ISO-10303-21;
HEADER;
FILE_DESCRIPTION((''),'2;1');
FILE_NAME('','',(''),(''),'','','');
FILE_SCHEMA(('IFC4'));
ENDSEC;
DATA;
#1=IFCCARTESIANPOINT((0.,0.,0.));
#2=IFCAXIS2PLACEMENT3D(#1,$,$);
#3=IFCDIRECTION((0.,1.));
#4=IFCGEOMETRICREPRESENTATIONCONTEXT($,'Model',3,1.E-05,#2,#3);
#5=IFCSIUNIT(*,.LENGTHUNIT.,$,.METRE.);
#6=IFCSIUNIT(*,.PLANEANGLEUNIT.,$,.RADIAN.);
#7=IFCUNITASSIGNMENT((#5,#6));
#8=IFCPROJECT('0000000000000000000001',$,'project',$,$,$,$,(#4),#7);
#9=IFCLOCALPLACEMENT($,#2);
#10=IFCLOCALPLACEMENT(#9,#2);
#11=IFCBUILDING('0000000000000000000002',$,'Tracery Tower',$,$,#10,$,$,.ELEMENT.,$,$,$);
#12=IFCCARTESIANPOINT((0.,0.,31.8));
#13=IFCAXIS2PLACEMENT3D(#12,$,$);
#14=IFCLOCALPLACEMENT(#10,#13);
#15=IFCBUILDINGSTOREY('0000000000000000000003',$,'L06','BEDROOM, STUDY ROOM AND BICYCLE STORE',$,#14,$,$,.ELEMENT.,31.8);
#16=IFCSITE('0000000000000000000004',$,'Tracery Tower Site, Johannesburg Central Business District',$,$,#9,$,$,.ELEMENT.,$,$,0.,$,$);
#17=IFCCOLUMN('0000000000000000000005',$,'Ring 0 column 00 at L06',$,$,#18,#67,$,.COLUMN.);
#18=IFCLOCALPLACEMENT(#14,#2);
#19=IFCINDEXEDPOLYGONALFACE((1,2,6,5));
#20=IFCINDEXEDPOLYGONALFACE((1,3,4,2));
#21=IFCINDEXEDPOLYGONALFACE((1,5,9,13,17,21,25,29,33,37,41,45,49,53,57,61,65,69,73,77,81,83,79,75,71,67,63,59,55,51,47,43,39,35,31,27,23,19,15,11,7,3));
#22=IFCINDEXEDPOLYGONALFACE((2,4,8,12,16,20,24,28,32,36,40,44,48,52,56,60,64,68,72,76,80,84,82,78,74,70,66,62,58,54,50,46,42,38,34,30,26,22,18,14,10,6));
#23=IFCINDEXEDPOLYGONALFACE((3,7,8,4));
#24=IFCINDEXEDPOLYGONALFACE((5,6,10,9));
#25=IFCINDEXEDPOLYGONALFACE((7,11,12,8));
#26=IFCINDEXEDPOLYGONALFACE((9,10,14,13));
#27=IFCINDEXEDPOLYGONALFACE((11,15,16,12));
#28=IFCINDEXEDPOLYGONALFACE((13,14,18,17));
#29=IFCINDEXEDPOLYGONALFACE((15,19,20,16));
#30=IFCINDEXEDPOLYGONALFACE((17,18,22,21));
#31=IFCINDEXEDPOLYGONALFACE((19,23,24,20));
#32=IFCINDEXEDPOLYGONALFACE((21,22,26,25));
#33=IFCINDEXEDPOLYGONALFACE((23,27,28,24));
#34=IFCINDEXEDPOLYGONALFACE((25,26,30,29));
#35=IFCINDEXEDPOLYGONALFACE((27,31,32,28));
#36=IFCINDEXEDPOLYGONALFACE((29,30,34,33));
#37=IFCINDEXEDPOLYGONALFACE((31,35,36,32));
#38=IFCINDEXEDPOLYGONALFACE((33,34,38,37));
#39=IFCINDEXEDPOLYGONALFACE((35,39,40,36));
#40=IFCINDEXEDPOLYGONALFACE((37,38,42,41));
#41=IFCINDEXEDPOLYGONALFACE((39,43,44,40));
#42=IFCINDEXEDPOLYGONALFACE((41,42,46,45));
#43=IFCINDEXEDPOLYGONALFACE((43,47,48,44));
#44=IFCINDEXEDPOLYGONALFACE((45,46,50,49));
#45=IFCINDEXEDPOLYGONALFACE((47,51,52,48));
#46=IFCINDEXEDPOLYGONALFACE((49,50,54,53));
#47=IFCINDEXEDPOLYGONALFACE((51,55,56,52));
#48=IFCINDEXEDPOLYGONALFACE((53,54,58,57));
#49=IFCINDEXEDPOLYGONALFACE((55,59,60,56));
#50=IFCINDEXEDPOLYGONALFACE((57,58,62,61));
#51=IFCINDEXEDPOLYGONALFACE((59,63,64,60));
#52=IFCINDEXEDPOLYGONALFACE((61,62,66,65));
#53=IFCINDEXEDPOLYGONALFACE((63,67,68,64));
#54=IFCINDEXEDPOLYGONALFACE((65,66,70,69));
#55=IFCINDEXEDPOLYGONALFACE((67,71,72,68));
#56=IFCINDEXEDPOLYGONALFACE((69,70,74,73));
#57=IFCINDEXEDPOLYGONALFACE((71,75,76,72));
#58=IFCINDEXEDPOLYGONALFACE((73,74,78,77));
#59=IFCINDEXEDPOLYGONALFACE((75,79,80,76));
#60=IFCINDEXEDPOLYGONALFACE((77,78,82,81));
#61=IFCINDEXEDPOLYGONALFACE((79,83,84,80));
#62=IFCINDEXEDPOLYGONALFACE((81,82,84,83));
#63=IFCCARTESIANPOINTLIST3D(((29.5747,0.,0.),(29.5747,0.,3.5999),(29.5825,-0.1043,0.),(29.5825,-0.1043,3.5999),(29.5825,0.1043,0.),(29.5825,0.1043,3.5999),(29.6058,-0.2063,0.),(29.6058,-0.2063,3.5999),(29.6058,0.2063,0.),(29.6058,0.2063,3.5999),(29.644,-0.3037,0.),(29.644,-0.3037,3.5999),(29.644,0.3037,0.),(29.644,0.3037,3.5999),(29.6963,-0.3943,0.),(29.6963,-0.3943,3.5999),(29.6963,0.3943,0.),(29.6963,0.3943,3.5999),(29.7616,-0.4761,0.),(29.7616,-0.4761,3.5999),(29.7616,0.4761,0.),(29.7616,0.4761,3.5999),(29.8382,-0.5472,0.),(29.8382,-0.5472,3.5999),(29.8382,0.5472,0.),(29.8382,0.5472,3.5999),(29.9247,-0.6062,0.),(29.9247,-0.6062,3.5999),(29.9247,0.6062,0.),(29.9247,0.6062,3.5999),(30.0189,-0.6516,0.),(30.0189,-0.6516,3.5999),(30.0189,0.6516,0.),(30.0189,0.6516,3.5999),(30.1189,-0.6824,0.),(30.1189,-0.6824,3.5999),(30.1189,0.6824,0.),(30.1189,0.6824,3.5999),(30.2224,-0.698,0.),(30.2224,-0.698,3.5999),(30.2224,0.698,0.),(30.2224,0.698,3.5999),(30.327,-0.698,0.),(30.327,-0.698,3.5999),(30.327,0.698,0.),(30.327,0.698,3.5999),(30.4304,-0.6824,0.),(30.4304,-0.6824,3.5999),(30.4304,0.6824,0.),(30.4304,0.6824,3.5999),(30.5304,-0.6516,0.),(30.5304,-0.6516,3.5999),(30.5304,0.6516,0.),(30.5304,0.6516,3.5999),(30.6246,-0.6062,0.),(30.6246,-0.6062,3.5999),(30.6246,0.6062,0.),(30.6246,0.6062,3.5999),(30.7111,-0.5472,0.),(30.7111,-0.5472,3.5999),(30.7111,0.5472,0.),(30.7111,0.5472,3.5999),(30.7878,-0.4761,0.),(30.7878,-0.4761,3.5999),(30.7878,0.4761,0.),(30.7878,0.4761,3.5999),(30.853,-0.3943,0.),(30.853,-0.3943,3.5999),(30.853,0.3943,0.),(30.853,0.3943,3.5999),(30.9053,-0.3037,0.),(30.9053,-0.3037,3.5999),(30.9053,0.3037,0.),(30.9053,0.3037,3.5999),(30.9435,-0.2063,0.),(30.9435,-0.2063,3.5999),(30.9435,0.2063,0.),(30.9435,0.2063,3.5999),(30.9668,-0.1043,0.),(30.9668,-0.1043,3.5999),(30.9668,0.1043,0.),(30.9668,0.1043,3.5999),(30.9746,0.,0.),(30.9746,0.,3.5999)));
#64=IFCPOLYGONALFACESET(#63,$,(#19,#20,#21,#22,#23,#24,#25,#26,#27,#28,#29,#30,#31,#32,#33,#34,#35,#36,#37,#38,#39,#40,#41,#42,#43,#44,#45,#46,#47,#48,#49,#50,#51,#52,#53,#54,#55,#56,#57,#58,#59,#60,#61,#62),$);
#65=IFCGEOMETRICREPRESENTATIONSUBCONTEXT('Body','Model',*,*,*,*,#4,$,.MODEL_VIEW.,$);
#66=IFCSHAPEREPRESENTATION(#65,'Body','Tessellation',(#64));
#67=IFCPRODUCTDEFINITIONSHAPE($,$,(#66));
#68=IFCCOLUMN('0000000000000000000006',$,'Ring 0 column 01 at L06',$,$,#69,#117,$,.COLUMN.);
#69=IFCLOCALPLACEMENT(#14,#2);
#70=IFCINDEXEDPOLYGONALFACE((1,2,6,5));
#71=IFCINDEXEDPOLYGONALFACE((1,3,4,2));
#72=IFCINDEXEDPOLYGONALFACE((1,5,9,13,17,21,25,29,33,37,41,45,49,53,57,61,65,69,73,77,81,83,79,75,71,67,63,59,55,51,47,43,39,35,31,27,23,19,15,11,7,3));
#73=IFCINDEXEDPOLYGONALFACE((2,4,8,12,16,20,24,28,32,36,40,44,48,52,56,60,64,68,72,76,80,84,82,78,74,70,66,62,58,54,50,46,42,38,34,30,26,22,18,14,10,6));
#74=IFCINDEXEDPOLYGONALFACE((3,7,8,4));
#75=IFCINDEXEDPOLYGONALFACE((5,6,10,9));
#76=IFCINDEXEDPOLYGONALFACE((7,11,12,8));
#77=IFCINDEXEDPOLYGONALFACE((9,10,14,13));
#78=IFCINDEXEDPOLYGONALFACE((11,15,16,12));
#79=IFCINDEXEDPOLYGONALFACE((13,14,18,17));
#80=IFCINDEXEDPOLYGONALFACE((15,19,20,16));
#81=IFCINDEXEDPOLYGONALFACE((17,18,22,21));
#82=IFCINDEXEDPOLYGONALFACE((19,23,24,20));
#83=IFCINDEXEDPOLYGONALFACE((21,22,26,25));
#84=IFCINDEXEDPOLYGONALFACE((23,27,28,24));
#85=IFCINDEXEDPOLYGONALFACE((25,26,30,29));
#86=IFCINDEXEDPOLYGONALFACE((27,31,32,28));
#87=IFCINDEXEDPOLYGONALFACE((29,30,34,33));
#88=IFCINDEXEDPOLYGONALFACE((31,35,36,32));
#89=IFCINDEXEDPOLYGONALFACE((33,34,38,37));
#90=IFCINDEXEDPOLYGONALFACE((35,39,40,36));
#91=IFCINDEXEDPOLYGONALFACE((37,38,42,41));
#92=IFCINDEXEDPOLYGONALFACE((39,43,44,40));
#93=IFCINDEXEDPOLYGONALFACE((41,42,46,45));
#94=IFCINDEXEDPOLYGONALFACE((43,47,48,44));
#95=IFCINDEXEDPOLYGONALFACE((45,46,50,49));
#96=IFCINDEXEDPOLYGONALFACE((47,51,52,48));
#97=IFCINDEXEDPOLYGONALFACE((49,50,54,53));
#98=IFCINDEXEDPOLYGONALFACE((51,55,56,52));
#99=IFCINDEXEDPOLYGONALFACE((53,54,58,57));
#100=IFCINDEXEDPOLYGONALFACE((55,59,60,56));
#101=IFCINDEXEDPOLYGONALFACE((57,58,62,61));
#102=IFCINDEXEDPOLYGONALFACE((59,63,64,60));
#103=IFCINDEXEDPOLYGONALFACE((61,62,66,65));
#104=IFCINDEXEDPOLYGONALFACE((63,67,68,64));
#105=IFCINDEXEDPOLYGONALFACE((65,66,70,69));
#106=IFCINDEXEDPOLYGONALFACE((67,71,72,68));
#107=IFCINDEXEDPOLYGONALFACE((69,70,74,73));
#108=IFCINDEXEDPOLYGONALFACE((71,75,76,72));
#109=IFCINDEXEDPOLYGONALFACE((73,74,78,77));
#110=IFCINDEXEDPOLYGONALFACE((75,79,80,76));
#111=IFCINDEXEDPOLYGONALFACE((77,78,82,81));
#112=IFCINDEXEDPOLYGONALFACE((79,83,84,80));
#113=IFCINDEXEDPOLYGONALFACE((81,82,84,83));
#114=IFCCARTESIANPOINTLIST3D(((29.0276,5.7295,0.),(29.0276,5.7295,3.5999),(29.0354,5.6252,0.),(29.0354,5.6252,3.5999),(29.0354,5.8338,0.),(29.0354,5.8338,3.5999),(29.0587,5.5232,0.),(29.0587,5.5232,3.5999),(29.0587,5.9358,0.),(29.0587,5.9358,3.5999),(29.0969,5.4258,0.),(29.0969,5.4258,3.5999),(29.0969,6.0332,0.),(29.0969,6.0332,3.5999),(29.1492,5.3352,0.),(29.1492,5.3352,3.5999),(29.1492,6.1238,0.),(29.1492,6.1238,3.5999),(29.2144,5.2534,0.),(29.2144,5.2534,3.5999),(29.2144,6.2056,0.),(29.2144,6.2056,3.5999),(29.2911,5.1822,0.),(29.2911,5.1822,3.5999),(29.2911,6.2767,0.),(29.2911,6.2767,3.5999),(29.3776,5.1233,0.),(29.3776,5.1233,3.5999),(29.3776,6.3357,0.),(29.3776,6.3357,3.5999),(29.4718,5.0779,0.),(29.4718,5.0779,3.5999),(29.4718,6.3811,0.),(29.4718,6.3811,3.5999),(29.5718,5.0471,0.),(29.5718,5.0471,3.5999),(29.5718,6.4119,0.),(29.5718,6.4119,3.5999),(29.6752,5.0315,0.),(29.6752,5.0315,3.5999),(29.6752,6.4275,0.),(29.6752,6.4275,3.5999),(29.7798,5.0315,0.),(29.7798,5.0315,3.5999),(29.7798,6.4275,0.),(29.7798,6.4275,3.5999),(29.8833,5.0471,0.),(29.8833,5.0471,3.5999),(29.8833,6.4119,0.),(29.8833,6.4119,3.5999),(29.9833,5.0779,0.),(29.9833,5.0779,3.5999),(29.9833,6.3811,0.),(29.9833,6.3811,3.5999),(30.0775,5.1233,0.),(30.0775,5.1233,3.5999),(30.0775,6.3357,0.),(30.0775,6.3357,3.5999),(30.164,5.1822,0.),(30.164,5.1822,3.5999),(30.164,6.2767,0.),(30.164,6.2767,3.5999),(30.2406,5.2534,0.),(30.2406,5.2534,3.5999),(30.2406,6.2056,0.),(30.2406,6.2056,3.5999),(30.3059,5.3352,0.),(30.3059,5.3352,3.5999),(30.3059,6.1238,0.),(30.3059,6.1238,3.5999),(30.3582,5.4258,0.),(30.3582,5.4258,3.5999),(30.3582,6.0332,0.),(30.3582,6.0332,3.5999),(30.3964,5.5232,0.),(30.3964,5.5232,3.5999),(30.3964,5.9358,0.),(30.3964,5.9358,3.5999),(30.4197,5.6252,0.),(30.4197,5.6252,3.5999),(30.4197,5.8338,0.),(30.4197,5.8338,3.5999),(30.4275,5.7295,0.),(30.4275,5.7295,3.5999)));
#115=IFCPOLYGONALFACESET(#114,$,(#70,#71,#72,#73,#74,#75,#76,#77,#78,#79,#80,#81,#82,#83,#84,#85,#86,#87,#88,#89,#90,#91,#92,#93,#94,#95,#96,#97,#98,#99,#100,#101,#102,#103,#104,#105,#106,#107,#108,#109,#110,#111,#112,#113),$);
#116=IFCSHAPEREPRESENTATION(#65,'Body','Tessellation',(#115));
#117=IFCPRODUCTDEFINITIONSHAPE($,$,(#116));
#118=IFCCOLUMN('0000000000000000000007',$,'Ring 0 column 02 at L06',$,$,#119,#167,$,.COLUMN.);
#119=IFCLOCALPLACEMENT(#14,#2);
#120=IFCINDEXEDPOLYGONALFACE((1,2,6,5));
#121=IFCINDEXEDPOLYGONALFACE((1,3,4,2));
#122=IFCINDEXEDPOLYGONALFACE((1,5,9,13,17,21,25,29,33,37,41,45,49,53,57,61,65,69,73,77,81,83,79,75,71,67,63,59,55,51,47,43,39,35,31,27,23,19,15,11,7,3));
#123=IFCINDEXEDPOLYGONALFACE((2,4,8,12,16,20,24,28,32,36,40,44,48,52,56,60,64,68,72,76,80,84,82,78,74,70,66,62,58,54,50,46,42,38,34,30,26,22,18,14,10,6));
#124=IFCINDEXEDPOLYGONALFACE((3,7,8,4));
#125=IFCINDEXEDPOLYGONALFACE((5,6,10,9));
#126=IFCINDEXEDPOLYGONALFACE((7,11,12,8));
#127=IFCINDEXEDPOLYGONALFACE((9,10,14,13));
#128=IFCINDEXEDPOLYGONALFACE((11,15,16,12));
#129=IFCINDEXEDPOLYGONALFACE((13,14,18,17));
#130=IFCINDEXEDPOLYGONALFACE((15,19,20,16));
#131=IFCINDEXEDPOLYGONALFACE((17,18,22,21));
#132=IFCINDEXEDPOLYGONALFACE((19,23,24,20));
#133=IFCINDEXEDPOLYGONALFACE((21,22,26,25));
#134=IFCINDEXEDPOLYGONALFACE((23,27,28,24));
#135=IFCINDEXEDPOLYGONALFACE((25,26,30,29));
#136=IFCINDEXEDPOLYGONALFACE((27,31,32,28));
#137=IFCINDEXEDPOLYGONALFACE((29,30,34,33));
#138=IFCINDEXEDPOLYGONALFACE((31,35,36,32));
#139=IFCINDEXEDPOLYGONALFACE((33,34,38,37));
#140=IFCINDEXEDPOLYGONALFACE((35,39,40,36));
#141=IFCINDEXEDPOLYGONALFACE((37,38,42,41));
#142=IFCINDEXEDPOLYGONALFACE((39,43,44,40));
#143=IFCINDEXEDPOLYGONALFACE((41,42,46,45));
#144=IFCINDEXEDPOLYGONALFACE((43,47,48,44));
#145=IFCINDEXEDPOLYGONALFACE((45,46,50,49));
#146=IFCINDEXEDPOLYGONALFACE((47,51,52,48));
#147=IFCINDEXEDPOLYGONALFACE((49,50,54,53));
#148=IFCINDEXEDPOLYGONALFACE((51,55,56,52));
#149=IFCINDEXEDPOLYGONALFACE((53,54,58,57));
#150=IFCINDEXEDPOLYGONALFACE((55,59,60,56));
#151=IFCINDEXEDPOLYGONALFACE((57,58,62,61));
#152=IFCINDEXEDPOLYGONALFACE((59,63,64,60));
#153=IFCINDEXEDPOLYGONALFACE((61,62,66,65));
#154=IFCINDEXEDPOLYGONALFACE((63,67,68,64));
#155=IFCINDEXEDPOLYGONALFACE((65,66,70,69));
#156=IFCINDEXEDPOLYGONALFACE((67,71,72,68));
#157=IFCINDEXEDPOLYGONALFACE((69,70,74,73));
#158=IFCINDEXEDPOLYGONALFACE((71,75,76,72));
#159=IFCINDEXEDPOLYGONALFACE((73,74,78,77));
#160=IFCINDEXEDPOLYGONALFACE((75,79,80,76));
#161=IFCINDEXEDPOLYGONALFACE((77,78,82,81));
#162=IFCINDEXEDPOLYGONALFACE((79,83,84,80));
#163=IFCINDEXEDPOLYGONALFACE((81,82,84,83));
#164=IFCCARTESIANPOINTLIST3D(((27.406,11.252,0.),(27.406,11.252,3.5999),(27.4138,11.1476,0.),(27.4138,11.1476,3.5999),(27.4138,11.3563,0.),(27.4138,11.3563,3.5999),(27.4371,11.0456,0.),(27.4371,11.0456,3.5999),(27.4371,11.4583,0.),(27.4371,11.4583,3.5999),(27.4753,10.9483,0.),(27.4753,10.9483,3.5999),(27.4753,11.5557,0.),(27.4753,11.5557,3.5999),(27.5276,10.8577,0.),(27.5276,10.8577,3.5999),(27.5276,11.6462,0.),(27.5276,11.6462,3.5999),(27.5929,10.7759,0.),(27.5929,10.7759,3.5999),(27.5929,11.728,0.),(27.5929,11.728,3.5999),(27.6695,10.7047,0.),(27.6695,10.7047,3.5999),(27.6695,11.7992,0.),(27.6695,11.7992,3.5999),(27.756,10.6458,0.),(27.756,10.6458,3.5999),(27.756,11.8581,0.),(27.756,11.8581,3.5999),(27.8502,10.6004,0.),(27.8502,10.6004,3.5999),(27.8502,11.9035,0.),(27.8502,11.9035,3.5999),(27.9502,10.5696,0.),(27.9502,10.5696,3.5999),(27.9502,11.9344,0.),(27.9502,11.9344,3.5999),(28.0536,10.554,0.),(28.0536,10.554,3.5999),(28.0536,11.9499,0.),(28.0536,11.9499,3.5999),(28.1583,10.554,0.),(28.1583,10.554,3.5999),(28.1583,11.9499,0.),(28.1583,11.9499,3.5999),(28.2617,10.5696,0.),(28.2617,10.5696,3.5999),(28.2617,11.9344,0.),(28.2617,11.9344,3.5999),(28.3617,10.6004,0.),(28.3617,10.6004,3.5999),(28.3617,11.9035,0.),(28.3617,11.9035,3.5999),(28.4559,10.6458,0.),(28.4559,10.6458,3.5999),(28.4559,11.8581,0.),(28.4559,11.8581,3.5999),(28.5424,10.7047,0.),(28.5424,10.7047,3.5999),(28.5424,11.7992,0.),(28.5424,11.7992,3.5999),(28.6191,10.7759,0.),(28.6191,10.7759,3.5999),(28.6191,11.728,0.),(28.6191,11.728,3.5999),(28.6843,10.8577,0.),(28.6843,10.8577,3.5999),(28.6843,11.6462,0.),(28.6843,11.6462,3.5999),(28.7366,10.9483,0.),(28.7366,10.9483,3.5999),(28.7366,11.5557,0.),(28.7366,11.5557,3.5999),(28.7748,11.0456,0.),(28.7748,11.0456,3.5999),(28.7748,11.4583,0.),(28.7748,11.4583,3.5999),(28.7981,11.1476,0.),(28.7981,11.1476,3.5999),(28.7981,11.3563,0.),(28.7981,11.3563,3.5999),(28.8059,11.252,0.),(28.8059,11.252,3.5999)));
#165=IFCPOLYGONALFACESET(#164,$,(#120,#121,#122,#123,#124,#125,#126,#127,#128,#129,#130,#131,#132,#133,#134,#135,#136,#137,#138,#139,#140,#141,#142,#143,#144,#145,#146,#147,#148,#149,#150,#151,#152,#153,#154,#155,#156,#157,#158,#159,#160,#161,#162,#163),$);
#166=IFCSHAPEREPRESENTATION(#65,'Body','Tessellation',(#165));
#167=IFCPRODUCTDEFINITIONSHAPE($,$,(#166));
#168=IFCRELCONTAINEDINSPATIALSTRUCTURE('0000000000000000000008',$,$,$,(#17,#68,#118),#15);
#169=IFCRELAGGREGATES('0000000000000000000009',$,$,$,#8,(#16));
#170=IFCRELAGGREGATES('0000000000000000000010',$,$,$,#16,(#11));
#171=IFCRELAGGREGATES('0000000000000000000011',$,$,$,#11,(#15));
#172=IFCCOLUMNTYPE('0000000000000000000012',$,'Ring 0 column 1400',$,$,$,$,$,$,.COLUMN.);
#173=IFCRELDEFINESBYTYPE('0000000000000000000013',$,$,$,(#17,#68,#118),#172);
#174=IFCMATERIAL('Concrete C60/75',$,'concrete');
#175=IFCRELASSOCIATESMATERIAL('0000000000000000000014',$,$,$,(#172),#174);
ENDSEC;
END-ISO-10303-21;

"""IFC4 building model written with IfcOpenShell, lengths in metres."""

from ifc_helpers import new_model, si_unit, direction, frame, origin, origin_2d, place, context, subcontext, project, spatial, circle, extrude, material, material_profile, profile_set, type_object, element, save


model = new_model("IFC4")

# Units and contexts
model_context = context("Model", 3, precision=1e-05, world=origin(), true_north=direction((0.0, 1.0)))
body_context = subcontext(model_context, "Body", "Model", "MODEL_VIEW")
ifc_project = project(units=[si_unit("LENGTHUNIT", "METRE"), si_unit("PLANEANGLEUNIT", "RADIAN")], contexts=[model_context])

# Site, building, storey
site_placement = place(None, origin())
site = spatial("IfcSite", under=ifc_project, at=site_placement, Name="Tracery Tower Site, Johannesburg Central Business District", CompositionType="ELEMENT", RefElevation=0.0)
building_placement = place(site_placement, origin())
building = spatial("IfcBuilding", under=site, at=building_placement, Name="Tracery Tower", CompositionType="ELEMENT")
storey_placement = place(building_placement, frame((0.0, 0.0, 31.8)))
storey = spatial("IfcBuildingStorey", under=building, at=storey_placement, Name="L06", Description="BEDROOM, STUDY ROOM AND BICYCLE STORE", CompositionType="ELEMENT", Elevation=31.8)

# Columns
ifc_material_1 = material(Name="Concrete C60/75", Category="concrete")
ifc_material_profile_1 = material_profile(ifc_material_1, circle(Radius=0.7, at=origin_2d()), Name="RC D1400")
ifc_profile_set_1 = profile_set([ifc_material_profile_1], Name="Concrete C60/75")
column_type_1 = type_object("IfcColumnType", Name="Ring 0 column 1400", PredefinedType="COLUMN", material=ifc_profile_set_1)
for number, where, z_axis, x_axis, name in (
    (1, (30.2747, 0.0, 0.0), (0.0, 0.0, 1.0), (1.0, 0.0, 0.0), "Ring 0 column 00 at L06"),
    (2, (29.7275, 5.7295, 0.0), (0.0, 0.0, 1.0), (1.0, 0.0, 0.0), "Ring 0 column 01 at L06"),
    (3, (28.106, 11.252, 0.0), (0.0, 0.0, 1.0), (1.0, 0.0, 0.0), "Ring 0 column 02 at L06"),
):
    element("IfcColumn", number, at=place(storey_placement, frame(where, z_axis=z_axis, x_axis=x_axis)), inside=storey, type_object=column_type_1, Name=name, PredefinedType="COLUMN", context=body_context, shape_type="SweptSolid", body=[
        extrude(circle(Radius=0.7, at=origin_2d()), origin(), (0.0, 0.0, 1.0), 3.5999),
    ])

save(model, "model.ifc")
